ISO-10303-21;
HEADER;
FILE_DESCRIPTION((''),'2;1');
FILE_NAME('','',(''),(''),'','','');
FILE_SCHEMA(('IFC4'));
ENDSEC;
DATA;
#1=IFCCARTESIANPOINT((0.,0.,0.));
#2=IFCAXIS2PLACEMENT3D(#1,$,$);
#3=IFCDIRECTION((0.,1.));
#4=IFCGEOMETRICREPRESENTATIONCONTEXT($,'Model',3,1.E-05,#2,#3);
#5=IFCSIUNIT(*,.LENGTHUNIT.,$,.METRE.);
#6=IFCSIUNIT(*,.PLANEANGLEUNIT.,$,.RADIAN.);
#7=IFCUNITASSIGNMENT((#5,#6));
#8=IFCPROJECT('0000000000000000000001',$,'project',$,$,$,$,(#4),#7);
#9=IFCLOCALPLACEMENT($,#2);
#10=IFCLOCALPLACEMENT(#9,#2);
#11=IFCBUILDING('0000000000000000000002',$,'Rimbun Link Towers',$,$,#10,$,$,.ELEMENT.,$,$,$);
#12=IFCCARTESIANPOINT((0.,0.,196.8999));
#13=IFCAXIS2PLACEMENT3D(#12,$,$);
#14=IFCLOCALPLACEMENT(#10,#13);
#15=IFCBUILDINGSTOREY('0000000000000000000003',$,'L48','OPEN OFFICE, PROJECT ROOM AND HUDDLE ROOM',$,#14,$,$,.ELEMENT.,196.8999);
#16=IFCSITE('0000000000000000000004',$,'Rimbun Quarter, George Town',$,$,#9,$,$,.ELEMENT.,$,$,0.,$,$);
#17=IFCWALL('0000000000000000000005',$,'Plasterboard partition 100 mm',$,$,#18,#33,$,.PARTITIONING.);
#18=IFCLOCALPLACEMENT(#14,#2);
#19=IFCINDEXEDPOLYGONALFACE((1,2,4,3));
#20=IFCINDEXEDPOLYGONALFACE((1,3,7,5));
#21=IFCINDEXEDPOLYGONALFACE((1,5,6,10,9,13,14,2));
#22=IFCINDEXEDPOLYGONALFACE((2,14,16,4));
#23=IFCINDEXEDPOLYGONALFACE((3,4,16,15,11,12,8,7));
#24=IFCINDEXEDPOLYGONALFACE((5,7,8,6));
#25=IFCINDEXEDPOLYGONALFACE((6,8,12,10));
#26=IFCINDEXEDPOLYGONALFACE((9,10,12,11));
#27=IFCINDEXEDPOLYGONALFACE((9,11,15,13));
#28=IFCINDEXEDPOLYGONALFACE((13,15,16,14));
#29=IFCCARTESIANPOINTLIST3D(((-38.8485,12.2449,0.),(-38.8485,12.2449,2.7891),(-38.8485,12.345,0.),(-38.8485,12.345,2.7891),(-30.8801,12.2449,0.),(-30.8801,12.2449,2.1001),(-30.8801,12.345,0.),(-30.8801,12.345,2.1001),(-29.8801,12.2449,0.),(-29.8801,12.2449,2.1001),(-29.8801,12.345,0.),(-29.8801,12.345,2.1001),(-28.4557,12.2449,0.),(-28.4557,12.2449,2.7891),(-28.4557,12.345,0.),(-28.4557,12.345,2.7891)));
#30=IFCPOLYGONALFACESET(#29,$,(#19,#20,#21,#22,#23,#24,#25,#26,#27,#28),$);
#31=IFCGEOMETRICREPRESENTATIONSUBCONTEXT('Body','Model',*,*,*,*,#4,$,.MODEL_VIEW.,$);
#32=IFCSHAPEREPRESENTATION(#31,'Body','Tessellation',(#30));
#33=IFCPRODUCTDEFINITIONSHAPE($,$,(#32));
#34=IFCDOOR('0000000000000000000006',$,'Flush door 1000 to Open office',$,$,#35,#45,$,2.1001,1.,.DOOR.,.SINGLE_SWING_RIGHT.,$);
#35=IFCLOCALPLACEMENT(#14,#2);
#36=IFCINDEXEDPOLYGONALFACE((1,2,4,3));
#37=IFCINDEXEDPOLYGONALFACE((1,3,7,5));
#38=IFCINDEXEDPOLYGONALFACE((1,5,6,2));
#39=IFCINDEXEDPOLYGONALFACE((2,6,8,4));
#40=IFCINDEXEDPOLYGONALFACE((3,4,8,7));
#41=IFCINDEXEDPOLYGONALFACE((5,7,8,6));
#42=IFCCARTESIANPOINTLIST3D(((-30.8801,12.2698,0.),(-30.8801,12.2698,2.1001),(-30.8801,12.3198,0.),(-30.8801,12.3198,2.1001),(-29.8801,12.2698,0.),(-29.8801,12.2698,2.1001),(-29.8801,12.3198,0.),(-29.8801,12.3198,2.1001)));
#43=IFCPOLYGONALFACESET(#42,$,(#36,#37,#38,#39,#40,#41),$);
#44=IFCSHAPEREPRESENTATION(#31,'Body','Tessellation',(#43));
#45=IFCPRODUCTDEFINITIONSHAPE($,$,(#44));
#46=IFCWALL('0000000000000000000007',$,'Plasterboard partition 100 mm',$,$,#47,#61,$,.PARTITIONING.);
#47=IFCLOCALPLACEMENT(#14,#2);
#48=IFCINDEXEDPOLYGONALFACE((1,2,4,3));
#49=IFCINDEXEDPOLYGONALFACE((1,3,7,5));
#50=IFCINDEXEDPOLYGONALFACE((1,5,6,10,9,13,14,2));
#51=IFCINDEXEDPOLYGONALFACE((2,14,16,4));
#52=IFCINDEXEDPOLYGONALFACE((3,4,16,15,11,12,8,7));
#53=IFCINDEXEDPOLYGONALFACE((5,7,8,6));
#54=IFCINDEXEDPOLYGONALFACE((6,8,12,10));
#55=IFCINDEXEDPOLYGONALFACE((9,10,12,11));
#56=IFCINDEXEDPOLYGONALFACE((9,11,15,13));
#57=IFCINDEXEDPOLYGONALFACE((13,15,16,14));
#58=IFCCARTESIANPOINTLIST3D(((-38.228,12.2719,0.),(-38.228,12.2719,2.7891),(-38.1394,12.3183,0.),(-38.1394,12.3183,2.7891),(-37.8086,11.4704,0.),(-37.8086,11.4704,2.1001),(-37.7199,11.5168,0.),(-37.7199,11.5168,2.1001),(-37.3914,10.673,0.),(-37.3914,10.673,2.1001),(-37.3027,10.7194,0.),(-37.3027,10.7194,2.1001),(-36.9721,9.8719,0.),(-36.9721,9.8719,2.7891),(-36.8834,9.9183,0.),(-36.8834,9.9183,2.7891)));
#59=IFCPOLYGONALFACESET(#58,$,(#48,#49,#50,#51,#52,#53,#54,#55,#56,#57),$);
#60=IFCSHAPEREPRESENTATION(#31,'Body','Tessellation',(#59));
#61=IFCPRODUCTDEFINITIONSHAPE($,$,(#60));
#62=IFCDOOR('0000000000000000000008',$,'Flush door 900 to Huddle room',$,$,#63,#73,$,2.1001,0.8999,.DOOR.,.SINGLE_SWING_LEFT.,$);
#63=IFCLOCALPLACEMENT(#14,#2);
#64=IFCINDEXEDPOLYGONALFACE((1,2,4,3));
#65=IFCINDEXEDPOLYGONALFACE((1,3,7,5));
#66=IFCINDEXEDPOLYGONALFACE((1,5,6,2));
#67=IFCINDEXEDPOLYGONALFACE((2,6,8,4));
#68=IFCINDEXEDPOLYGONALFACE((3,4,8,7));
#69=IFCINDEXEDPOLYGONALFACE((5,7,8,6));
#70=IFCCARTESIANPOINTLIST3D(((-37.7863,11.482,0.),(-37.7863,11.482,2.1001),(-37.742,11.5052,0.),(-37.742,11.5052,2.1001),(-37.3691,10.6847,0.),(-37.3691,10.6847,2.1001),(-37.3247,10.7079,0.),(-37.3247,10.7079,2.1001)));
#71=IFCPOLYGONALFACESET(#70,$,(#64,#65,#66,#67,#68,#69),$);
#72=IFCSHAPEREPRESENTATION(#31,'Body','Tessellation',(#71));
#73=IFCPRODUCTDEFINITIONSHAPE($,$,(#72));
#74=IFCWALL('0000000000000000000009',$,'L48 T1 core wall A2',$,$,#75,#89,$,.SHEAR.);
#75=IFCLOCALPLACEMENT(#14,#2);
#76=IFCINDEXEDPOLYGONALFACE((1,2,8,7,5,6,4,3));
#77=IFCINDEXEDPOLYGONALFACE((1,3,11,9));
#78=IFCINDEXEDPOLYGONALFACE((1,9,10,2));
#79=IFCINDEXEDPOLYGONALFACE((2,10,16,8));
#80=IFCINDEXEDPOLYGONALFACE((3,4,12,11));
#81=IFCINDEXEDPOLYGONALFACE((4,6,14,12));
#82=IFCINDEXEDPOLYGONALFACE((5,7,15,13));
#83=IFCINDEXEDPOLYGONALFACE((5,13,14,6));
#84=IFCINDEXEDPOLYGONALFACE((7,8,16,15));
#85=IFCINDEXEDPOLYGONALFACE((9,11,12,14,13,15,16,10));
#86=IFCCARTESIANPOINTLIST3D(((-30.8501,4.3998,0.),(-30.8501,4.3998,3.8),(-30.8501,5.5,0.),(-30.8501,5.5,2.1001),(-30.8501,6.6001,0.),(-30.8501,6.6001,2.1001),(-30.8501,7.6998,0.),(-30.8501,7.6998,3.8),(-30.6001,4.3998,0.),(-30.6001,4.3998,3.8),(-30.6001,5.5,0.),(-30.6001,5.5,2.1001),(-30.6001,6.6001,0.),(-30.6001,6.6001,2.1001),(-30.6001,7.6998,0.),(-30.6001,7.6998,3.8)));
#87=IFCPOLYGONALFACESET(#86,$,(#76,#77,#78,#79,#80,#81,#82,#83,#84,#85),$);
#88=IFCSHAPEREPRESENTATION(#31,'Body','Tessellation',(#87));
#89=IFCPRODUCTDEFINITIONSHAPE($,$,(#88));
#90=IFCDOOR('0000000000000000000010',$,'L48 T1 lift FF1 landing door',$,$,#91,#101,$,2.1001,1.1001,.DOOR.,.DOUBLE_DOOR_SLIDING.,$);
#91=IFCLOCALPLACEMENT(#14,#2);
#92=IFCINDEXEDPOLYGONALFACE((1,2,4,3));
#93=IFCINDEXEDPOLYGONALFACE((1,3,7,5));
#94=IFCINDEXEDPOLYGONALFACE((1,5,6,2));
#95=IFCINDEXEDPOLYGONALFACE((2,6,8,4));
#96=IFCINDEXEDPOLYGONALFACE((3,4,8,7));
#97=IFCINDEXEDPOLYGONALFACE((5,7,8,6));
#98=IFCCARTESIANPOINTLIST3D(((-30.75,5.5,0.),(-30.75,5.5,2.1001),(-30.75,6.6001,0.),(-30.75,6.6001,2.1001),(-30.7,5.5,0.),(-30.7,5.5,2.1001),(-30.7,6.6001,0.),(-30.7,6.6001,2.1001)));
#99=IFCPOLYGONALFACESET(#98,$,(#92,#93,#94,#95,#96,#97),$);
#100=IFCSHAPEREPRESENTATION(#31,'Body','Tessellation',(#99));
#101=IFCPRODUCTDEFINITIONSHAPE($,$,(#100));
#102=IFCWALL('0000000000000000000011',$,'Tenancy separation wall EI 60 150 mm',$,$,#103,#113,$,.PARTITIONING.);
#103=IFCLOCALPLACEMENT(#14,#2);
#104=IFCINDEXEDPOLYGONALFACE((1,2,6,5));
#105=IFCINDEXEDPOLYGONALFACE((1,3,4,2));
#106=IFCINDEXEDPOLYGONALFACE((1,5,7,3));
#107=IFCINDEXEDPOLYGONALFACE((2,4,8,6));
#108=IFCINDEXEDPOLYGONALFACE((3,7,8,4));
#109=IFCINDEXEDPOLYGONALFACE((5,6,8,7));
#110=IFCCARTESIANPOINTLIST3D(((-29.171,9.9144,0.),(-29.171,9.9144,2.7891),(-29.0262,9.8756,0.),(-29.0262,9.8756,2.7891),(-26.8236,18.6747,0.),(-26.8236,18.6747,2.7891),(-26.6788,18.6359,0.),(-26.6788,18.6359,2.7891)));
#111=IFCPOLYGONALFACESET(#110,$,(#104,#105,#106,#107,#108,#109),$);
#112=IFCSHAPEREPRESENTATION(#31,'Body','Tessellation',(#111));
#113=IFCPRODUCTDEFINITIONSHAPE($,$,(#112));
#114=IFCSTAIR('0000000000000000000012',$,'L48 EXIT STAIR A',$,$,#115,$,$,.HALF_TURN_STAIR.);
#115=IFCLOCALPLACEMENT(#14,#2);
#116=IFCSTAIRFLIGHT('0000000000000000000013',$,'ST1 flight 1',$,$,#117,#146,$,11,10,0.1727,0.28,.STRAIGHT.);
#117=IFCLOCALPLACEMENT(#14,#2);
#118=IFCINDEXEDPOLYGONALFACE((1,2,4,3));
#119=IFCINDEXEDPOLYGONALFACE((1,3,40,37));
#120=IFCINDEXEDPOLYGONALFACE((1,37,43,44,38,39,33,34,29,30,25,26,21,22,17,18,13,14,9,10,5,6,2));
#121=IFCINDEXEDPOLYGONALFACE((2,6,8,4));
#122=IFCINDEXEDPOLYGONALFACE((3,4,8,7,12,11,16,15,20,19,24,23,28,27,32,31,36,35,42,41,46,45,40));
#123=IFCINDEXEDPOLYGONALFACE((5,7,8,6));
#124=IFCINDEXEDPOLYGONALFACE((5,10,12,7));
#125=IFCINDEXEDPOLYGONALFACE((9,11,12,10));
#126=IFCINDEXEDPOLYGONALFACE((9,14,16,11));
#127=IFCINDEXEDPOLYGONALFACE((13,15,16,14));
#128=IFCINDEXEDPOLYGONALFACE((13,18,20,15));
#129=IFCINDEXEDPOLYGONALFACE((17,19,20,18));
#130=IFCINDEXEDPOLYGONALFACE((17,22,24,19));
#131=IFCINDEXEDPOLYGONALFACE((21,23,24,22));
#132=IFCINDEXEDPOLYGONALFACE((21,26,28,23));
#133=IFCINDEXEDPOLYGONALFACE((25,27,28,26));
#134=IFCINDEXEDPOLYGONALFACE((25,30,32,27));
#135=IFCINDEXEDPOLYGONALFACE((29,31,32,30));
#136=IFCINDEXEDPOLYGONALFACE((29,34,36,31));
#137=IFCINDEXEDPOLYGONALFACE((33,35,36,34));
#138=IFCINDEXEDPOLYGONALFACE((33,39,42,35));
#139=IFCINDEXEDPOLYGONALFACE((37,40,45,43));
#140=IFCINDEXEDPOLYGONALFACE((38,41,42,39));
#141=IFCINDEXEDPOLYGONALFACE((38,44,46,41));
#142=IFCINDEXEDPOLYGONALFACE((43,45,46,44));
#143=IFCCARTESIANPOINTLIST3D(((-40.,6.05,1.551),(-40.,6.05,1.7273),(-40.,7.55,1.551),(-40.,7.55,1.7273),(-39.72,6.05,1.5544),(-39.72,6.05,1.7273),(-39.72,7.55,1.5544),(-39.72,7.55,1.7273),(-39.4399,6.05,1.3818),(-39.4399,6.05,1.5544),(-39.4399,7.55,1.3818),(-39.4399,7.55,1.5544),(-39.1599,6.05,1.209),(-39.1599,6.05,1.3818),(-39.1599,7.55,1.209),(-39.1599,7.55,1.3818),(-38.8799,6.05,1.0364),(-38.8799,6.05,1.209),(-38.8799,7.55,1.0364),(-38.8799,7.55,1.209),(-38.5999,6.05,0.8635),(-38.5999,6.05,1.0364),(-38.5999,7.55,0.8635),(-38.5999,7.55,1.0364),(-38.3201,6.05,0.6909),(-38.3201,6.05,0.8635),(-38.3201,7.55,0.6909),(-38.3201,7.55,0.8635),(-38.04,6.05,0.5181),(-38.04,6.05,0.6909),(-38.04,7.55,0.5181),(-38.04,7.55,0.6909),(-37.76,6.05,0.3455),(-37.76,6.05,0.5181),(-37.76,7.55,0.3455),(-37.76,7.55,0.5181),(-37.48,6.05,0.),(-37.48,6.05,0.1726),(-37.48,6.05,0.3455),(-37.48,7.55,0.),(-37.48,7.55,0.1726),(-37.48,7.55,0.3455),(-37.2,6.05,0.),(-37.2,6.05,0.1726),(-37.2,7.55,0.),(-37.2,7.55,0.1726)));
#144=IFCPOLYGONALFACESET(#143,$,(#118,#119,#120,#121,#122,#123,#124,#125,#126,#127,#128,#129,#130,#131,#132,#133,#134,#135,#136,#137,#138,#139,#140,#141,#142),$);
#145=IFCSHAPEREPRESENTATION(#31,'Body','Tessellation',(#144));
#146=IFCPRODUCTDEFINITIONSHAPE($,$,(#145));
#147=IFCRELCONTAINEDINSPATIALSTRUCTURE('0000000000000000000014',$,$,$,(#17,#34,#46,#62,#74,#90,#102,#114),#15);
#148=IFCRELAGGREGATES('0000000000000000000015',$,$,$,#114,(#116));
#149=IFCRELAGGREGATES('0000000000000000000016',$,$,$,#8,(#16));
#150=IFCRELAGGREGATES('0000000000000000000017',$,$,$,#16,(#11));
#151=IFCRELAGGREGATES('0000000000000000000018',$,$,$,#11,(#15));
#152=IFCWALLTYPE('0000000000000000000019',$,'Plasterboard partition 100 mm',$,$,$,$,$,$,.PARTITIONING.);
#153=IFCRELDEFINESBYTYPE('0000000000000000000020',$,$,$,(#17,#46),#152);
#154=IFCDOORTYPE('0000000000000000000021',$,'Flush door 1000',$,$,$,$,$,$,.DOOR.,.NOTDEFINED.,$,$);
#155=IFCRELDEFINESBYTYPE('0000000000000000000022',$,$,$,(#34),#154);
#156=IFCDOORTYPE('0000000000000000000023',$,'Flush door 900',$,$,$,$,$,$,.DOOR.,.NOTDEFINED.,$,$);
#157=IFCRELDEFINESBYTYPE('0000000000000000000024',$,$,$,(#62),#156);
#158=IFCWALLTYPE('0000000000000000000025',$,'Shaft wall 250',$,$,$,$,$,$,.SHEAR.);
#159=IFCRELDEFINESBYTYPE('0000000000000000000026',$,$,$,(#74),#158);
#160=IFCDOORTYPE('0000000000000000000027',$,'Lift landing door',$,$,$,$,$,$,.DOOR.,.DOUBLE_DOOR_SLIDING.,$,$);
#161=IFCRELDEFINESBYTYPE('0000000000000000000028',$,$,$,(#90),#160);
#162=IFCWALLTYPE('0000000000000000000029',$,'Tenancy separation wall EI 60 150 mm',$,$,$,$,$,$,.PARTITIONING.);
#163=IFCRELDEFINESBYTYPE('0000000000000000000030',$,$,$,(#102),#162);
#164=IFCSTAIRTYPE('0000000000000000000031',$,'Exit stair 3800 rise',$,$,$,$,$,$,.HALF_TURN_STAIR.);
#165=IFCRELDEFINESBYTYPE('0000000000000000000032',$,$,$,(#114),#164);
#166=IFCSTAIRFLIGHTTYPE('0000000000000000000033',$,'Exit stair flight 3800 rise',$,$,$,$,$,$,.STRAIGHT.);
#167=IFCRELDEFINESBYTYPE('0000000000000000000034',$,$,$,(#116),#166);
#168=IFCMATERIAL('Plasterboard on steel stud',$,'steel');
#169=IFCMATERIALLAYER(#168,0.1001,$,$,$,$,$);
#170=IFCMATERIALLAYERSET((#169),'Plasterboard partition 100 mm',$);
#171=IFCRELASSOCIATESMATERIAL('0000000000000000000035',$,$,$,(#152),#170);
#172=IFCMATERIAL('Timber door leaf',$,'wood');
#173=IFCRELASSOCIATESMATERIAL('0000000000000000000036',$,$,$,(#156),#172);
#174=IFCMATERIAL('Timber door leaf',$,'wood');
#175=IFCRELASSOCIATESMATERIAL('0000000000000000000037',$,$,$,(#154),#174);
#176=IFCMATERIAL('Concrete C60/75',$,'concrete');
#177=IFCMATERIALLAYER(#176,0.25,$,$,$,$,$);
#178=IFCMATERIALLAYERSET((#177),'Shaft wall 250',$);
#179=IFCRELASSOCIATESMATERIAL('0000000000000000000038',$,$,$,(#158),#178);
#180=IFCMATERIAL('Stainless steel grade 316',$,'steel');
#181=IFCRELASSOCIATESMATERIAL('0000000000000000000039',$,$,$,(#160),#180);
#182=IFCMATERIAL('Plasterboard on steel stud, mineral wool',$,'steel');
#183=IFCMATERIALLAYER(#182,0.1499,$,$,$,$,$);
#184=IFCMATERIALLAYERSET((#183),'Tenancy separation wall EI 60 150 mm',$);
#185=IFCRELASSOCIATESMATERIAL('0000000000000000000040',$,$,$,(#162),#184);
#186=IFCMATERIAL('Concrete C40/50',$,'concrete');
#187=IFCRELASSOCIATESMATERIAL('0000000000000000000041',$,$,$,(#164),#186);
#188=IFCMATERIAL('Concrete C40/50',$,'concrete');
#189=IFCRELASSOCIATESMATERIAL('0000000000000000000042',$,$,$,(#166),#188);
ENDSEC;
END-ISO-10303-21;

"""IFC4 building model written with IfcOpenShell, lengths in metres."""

from ifc_helpers import new_model, si_unit, direction, frame, frame_2d, origin, place, context, subcontext, project, spatial, polyline, rectangle, outline, extrude, material, layer, layer_set, type_object, element, fill, aggregate, save


model = new_model("IFC4")

# Units and contexts
model_context = context("Model", 3, precision=1e-05, world=origin(), true_north=direction((0.0, 1.0)))
body_context = subcontext(model_context, "Body", "Model", "MODEL_VIEW")
ifc_project = project(units=[si_unit("LENGTHUNIT", "METRE"), si_unit("PLANEANGLEUNIT", "RADIAN")], contexts=[model_context])

# Site, building, storey
site_placement = place(None, origin())
site = spatial("IfcSite", under=ifc_project, at=site_placement, Name="Rimbun Quarter, George Town", CompositionType="ELEMENT", RefElevation=0.0)
building_placement = place(site_placement, origin())
building = spatial("IfcBuilding", under=site, at=building_placement, Name="Rimbun Link Towers", CompositionType="ELEMENT")
storey_placement = place(building_placement, frame((0.0, 0.0, 196.8999)))
storey = spatial("IfcBuildingStorey", under=building, at=storey_placement, Name="L48", Description="OPEN OFFICE, PROJECT ROOM AND HUDDLE ROOM", CompositionType="ELEMENT", Elevation=196.8999)

# Walls, openings, doors
ifc_material_1 = material(Name="Plasterboard on steel stud", Category="steel")
ifc_layer_1 = layer(ifc_material_1, 0.1001)
ifc_layer_set_1 = layer_set([ifc_layer_1], Name="Plasterboard partition 100 mm")
wall_type_1 = type_object("IfcWallType", Name="Plasterboard partition 100 mm", PredefinedType="PARTITIONING", material=ifc_layer_set_1)
ifc_material_2 = material(Name="Timber door leaf", Category="wood")
door_type_1 = type_object("IfcDoorType", Name="Flush door 900", OperationType="NOTDEFINED", PredefinedType="DOOR", material=ifc_material_2)
wall_1_placement = place(storey_placement, frame((-38.8484, 12.2949, 0.0), z_axis=(0.0, 0.0, 1.0), x_axis=(1.0, 0.0, 0.0)))
wall_1 = element("IfcWall", 1, at=wall_1_placement, inside=storey, type_object=wall_type_1, Name="Plasterboard partition 100 mm", PredefinedType="PARTITIONING", context=body_context, shape_type="SweptSolid", body=[
    extrude(rectangle(XDim=10.3928, YDim=0.1001, at=frame_2d((5.1963, 0.0))), origin(), (0.0, 0.0, 1.0), 2.7891),
])
opening_1_placement = place(wall_1_placement, frame((7.9683, 0.0, 0.0)))
opening_1 = element("IfcOpeningElement", 2, at=opening_1_placement, cuts=wall_1, PredefinedType="OPENING", context=body_context, shape_type="SweptSolid", body=[
    extrude(rectangle(XDim=1.0, YDim=2.1001, at=frame_2d((0.5, 1.05))), frame((0.0, 0.0601, 0.0), z_axis=(0.0, -1.0, 0.0), x_axis=(1.0, 0.0, 0.0)), (0.0, 0.0, 1.0), 0.1201),
])
ifc_material_3 = material(Name="Timber door leaf", Category="wood")
door_type_2 = type_object("IfcDoorType", Name="Flush door 1000", OperationType="NOTDEFINED", PredefinedType="DOOR", material=ifc_material_3)
door_1_placement = place(opening_1_placement, origin())
door_1 = element("IfcDoor", 3, at=door_1_placement, inside=storey, type_object=door_type_2, Name="Flush door 1000 to Open office", OperationType="SINGLE_SWING_RIGHT", OverallHeight=2.1001, OverallWidth=1.0, PredefinedType="DOOR", context=body_context, shape_type="SweptSolid", body=[
    extrude(rectangle(XDim=1.0, YDim=2.1001, at=frame_2d((0.5, 1.05))), frame((0.0, 0.0249, 0.0), z_axis=(0.0, -1.0, 0.0), x_axis=(1.0, 0.0, 0.0)), (0.0, 0.0, 1.0), 0.05),
])
fill(opening_1, door_1)
wall_2_placement = place(storey_placement, frame((-36.9277, 9.895, 0.0), z_axis=(0.0, 0.0, 1.0), x_axis=(-0.46365, 0.886018, 0.0)))
wall_2 = element("IfcWall", 4, at=wall_2_placement, inside=storey, type_object=wall_type_1, Name="Plasterboard partition 100 mm", PredefinedType="PARTITIONING", context=body_context, shape_type="SweptSolid", body=[
    extrude(rectangle(XDim=2.7087, YDim=0.1001, at=frame_2d((1.3545, 0.0))), origin(), (0.0, 0.0, 1.0), 2.7891),
])
opening_2_placement = place(wall_2_placement, frame((0.9043, 0.0, 0.0)))
opening_2 = element("IfcOpeningElement", 5, at=opening_2_placement, cuts=wall_2, PredefinedType="OPENING", context=body_context, shape_type="SweptSolid", body=[
    extrude(rectangle(XDim=0.8999, YDim=2.1001, at=frame_2d((0.45, 1.05))), frame((0.0, 0.0601, 0.0), z_axis=(0.0, -1.0, 0.0), x_axis=(1.0, 0.0, 0.0)), (0.0, 0.0, 1.0), 0.1201),
])
door_2_placement = place(opening_2_placement, origin())
door_2 = element("IfcDoor", 6, at=door_2_placement, inside=storey, type_object=door_type_1, Name="Flush door 900 to Huddle room", OperationType="SINGLE_SWING_LEFT", OverallHeight=2.1001, OverallWidth=0.8999, PredefinedType="DOOR", context=body_context, shape_type="SweptSolid", body=[
    extrude(rectangle(XDim=0.8999, YDim=2.1001, at=frame_2d((0.45, 1.05))), frame((0.0, 0.0249, 0.0), z_axis=(0.0, -1.0, 0.0), x_axis=(1.0, 0.0, 0.0)), (0.0, 0.0, 1.0), 0.05),
])
fill(opening_2, door_2)
ifc_material_4 = material(Name="Concrete C60/75", Category="concrete")
ifc_layer_2 = layer(ifc_material_4, 0.25)
ifc_layer_set_2 = layer_set([ifc_layer_2], Name="Shaft wall 250")
wall_type_2 = type_object("IfcWallType", Name="Shaft wall 250", PredefinedType="SHEAR", material=ifc_layer_set_2)
wall_3_placement = place(storey_placement, frame((-30.7251, 4.3999, 0.0), z_axis=(0.0, 0.0, 1.0), x_axis=(0.0, 1.0, 0.0)))
wall_3 = element("IfcWall", 7, at=wall_3_placement, inside=storey, type_object=wall_type_2, Name="L48 T1 core wall A2", PredefinedType="SHEAR", context=body_context, shape_type="SweptSolid", body=[
    extrude(rectangle(XDim=3.3, YDim=0.25, at=frame_2d((1.6499, 0.0))), origin(), (0.0, 0.0, 1.0), 3.8),
])
opening_3_placement = place(wall_3_placement, frame((1.1001, 0.0, 0.0)))
opening_3 = element("IfcOpeningElement", 8, at=opening_3_placement, cuts=wall_3, PredefinedType="OPENING", context=body_context, shape_type="SweptSolid", body=[
    extrude(rectangle(XDim=1.1001, YDim=2.1001, at=frame_2d((0.55, 1.05))), frame((0.0, 0.135, 0.0), z_axis=(0.0, -1.0, 0.0), x_axis=(1.0, 0.0, 0.0)), (0.0, 0.0, 1.0), 0.27),
])
ifc_material_5 = material(Name="Stainless steel grade 316", Category="steel")
door_type_3 = type_object("IfcDoorType", Name="Lift landing door", OperationType="DOUBLE_DOOR_SLIDING", PredefinedType="DOOR", material=ifc_material_5)
door_3_placement = place(opening_3_placement, origin())
door_3 = element("IfcDoor", 9, at=door_3_placement, inside=storey, type_object=door_type_3, Name="L48 T1 lift FF1 landing door", OperationType="DOUBLE_DOOR_SLIDING", OverallHeight=2.1001, OverallWidth=1.1001, PredefinedType="DOOR", context=body_context, shape_type="SweptSolid", body=[
    extrude(rectangle(XDim=1.1001, YDim=2.1001, at=frame_2d((0.55, 1.05))), frame((0.0, 0.0249, 0.0), z_axis=(0.0, -1.0, 0.0), x_axis=(1.0, 0.0, 0.0)), (0.0, 0.0, 1.0), 0.05),
])
fill(opening_3, door_3)

# Wall
ifc_material_6 = material(Name="Plasterboard on steel stud, mineral wool", Category="steel")
ifc_layer_3 = layer(ifc_material_6, 0.1499)
ifc_layer_set_3 = layer_set([ifc_layer_3], Name="Tenancy separation wall EI 60 150 mm")
wall_type_3 = type_object("IfcWallType", Name="Tenancy separation wall EI 60 150 mm", PredefinedType="PARTITIONING", material=ifc_layer_set_3)
wall_4_placement = place(storey_placement, frame((-29.0986, 9.895, 0.0), z_axis=(0.0, 0.0, 1.0), x_axis=(0.25883, 0.965923, 0.0)))
element("IfcWall", 10, at=wall_4_placement, inside=storey, type_object=wall_type_3, Name="Tenancy separation wall EI 60 150 mm", PredefinedType="PARTITIONING", context=body_context, shape_type="SweptSolid", body=[
    extrude(rectangle(XDim=9.0693, YDim=0.1499, at=frame_2d((4.5347, 0.0))), origin(), (0.0, 0.0, 1.0), 2.7891),
])

# Stair, stair flight
ifc_material_7 = material(Name="Concrete C40/50", Category="concrete")
stair_type = type_object("IfcStairType", Name="Exit stair 3800 rise", PredefinedType="HALF_TURN_STAIR", material=ifc_material_7)
stair_placement = place(storey_placement, origin())
stair = element("IfcStair", 11, at=stair_placement, inside=storey, type_object=stair_type, Name="L48 EXIT STAIR A", PredefinedType="HALF_TURN_STAIR")
ifc_material_8 = material(Name="Concrete C40/50", Category="concrete")
stair_flight_type = type_object("IfcStairFlightType", Name="Exit stair flight 3800 rise", PredefinedType="STRAIGHT", material=ifc_material_8)
stair_flight_placement = place(storey_placement, frame((-37.2, 6.8, 0.0), z_axis=(0.0, 0.0, 1.0), x_axis=(-1.0, 0.0, 0.0)))
stair_flight = element("IfcStairFlight", 12, at=stair_flight_placement, type_object=stair_flight_type, Name="ST1 flight 1", NumberOfRisers=11, NumberOfTreads=10, PredefinedType="STRAIGHT", RiserHeight=0.1727, TreadLength=0.28, context=body_context, shape_type="SweptSolid", body=[
    extrude(outline(polyline([(0.0, 0.0), (0.0, 0.1726), (0.28, 0.1726), (0.28, 0.3455), (0.5601, 0.3455), (0.5601, 0.5181), (0.8401, 0.5181), (0.8401, 0.6909), (1.1201, 0.6909), (1.1201, 0.8635), (1.3999, 0.8635), (1.3999, 1.0364), (1.6799, 1.0364), (1.6799, 1.209), (1.96, 1.209), (1.96, 1.3818), (2.24, 1.3818), (2.24, 1.5544), (2.52, 1.5544), (2.52, 1.7273), (2.8, 1.7273), (2.8, 1.8999), (2.8, 1.551), (0.28, 0.0), (0.0, 0.0)])), frame((0.0, 0.75, 0.0), z_axis=(0.0, -1.0, 0.0), x_axis=(1.0, 0.0, 0.0)), (0.0, 0.0, 1.0), 1.5),
])
aggregate(stair, [stair_flight])

save(model, "model.ifc")
